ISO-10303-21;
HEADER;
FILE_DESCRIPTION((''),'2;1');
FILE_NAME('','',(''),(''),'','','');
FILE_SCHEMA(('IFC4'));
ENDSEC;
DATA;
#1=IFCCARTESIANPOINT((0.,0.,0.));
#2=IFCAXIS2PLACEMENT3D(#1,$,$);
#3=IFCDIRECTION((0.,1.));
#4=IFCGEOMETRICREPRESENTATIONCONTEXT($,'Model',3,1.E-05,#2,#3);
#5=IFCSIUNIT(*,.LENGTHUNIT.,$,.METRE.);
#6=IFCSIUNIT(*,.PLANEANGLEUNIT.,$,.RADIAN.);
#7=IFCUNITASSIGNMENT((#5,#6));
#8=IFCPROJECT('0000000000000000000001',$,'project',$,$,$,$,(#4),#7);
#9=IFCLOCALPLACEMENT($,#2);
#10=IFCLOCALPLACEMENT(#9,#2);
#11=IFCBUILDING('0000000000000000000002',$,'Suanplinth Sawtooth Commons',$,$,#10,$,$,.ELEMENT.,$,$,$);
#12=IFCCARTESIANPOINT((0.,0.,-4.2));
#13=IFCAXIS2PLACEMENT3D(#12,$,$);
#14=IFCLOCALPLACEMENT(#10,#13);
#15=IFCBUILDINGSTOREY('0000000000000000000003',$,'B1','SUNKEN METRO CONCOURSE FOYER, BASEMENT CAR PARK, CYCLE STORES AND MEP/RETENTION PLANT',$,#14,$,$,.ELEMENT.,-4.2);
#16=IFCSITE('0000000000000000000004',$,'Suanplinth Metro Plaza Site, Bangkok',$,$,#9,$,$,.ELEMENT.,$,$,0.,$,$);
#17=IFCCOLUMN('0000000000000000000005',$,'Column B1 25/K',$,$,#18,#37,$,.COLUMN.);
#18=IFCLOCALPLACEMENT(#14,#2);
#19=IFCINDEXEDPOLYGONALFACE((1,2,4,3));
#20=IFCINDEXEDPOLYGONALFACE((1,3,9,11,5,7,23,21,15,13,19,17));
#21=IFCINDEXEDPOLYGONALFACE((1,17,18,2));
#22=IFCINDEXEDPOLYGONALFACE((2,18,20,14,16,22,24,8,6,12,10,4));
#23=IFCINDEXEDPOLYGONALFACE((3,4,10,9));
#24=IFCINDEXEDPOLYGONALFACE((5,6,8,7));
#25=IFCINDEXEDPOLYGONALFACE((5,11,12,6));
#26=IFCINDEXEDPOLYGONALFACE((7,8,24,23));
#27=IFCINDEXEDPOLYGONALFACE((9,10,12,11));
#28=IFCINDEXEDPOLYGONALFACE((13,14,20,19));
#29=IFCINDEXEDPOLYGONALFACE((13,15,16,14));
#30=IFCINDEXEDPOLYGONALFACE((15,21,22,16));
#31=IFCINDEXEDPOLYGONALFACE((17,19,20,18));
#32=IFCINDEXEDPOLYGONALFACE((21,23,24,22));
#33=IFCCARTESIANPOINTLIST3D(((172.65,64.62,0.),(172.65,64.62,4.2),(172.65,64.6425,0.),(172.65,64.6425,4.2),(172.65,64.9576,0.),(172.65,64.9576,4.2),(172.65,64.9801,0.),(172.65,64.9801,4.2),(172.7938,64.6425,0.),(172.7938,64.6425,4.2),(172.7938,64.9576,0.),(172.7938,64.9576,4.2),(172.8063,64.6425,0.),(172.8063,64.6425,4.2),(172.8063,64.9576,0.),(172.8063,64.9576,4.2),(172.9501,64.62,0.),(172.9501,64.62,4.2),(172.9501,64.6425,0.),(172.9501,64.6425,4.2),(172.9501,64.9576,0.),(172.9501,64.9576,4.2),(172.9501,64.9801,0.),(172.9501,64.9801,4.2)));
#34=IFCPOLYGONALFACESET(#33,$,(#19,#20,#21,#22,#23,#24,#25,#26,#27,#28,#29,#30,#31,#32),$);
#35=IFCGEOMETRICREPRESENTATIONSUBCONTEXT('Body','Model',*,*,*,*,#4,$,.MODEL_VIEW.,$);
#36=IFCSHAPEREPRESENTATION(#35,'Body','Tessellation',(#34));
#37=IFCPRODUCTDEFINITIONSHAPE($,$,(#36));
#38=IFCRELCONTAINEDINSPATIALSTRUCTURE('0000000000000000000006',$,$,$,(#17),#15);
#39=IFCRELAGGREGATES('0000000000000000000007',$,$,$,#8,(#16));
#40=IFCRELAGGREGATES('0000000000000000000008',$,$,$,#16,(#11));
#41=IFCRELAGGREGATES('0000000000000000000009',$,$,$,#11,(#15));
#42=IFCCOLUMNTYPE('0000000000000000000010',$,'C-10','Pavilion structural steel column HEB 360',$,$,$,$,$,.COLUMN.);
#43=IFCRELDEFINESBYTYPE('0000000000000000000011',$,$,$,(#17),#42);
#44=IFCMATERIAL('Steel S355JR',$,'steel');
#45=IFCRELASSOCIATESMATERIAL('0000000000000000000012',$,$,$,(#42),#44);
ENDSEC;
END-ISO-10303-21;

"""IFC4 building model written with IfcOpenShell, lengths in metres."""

from ifc_helpers import new_model, si_unit, direction, frame, origin, origin_2d, place, context, subcontext, project, spatial, i_section, extrude, material, material_profile, profile_set, type_object, element, save


model = new_model("IFC4")

# Units and contexts
model_context = context("Model", 3, precision=1e-05, world=origin(), true_north=direction((0.0, 1.0)))
body_context = subcontext(model_context, "Body", "Model", "MODEL_VIEW")
ifc_project = project(units=[si_unit("LENGTHUNIT", "METRE"), si_unit("PLANEANGLEUNIT", "RADIAN")], contexts=[model_context])

# Site, building, storey
site_placement = place(None, origin())
site = spatial("IfcSite", under=ifc_project, at=site_placement, Name="Suanplinth Metro Plaza Site, Bangkok", CompositionType="ELEMENT", RefElevation=0.0)
building_placement = place(site_placement, origin())
building = spatial("IfcBuilding", under=site, at=building_placement, Name="Suanplinth Sawtooth Commons", CompositionType="ELEMENT")
storey_placement = place(building_placement, frame((0.0, 0.0, -4.2)))
storey = spatial("IfcBuildingStorey", under=building, at=storey_placement, Name="B1", Description="SUNKEN METRO CONCOURSE FOYER, BASEMENT CAR PARK, CYCLE STORES AND MEP/RETENTION PLANT", CompositionType="ELEMENT", Elevation=-4.2)

# Column
ifc_material_1 = material(Name="Steel S355JR", Category="steel")
ifc_material_profile_1 = material_profile(ifc_material_1, i_section(OverallWidth=0.3, OverallDepth=0.3601, WebThickness=0.0125, FlangeThickness=0.0225, at=origin_2d()), Name="HEB 360")
ifc_profile_set_1 = profile_set([ifc_material_profile_1], Name="Steel S355JR")
column_type = type_object("IfcColumnType", Name="C-10", Description="Pavilion structural steel column HEB 360", PredefinedType="COLUMN", material=ifc_profile_set_1)
for number, where, z_axis, x_axis, name in (
    (1, (172.8, 64.8, 0.0), (0.0, 0.0, 1.0), (1.0, 0.0, 0.0), "Column B1 25/K"),
):
    element("IfcColumn", number, at=place(storey_placement, frame(where, z_axis=z_axis, x_axis=x_axis)), inside=storey, type_object=column_type, Name=name, PredefinedType="COLUMN", context=body_context, shape_type="SweptSolid", body=[
        extrude(i_section(OverallWidth=0.3, OverallDepth=0.3601, WebThickness=0.0125, FlangeThickness=0.0225, at=origin_2d()), origin(), (0.0, 0.0, 1.0), 4.2),
    ])

save(model, "model.ifc")
